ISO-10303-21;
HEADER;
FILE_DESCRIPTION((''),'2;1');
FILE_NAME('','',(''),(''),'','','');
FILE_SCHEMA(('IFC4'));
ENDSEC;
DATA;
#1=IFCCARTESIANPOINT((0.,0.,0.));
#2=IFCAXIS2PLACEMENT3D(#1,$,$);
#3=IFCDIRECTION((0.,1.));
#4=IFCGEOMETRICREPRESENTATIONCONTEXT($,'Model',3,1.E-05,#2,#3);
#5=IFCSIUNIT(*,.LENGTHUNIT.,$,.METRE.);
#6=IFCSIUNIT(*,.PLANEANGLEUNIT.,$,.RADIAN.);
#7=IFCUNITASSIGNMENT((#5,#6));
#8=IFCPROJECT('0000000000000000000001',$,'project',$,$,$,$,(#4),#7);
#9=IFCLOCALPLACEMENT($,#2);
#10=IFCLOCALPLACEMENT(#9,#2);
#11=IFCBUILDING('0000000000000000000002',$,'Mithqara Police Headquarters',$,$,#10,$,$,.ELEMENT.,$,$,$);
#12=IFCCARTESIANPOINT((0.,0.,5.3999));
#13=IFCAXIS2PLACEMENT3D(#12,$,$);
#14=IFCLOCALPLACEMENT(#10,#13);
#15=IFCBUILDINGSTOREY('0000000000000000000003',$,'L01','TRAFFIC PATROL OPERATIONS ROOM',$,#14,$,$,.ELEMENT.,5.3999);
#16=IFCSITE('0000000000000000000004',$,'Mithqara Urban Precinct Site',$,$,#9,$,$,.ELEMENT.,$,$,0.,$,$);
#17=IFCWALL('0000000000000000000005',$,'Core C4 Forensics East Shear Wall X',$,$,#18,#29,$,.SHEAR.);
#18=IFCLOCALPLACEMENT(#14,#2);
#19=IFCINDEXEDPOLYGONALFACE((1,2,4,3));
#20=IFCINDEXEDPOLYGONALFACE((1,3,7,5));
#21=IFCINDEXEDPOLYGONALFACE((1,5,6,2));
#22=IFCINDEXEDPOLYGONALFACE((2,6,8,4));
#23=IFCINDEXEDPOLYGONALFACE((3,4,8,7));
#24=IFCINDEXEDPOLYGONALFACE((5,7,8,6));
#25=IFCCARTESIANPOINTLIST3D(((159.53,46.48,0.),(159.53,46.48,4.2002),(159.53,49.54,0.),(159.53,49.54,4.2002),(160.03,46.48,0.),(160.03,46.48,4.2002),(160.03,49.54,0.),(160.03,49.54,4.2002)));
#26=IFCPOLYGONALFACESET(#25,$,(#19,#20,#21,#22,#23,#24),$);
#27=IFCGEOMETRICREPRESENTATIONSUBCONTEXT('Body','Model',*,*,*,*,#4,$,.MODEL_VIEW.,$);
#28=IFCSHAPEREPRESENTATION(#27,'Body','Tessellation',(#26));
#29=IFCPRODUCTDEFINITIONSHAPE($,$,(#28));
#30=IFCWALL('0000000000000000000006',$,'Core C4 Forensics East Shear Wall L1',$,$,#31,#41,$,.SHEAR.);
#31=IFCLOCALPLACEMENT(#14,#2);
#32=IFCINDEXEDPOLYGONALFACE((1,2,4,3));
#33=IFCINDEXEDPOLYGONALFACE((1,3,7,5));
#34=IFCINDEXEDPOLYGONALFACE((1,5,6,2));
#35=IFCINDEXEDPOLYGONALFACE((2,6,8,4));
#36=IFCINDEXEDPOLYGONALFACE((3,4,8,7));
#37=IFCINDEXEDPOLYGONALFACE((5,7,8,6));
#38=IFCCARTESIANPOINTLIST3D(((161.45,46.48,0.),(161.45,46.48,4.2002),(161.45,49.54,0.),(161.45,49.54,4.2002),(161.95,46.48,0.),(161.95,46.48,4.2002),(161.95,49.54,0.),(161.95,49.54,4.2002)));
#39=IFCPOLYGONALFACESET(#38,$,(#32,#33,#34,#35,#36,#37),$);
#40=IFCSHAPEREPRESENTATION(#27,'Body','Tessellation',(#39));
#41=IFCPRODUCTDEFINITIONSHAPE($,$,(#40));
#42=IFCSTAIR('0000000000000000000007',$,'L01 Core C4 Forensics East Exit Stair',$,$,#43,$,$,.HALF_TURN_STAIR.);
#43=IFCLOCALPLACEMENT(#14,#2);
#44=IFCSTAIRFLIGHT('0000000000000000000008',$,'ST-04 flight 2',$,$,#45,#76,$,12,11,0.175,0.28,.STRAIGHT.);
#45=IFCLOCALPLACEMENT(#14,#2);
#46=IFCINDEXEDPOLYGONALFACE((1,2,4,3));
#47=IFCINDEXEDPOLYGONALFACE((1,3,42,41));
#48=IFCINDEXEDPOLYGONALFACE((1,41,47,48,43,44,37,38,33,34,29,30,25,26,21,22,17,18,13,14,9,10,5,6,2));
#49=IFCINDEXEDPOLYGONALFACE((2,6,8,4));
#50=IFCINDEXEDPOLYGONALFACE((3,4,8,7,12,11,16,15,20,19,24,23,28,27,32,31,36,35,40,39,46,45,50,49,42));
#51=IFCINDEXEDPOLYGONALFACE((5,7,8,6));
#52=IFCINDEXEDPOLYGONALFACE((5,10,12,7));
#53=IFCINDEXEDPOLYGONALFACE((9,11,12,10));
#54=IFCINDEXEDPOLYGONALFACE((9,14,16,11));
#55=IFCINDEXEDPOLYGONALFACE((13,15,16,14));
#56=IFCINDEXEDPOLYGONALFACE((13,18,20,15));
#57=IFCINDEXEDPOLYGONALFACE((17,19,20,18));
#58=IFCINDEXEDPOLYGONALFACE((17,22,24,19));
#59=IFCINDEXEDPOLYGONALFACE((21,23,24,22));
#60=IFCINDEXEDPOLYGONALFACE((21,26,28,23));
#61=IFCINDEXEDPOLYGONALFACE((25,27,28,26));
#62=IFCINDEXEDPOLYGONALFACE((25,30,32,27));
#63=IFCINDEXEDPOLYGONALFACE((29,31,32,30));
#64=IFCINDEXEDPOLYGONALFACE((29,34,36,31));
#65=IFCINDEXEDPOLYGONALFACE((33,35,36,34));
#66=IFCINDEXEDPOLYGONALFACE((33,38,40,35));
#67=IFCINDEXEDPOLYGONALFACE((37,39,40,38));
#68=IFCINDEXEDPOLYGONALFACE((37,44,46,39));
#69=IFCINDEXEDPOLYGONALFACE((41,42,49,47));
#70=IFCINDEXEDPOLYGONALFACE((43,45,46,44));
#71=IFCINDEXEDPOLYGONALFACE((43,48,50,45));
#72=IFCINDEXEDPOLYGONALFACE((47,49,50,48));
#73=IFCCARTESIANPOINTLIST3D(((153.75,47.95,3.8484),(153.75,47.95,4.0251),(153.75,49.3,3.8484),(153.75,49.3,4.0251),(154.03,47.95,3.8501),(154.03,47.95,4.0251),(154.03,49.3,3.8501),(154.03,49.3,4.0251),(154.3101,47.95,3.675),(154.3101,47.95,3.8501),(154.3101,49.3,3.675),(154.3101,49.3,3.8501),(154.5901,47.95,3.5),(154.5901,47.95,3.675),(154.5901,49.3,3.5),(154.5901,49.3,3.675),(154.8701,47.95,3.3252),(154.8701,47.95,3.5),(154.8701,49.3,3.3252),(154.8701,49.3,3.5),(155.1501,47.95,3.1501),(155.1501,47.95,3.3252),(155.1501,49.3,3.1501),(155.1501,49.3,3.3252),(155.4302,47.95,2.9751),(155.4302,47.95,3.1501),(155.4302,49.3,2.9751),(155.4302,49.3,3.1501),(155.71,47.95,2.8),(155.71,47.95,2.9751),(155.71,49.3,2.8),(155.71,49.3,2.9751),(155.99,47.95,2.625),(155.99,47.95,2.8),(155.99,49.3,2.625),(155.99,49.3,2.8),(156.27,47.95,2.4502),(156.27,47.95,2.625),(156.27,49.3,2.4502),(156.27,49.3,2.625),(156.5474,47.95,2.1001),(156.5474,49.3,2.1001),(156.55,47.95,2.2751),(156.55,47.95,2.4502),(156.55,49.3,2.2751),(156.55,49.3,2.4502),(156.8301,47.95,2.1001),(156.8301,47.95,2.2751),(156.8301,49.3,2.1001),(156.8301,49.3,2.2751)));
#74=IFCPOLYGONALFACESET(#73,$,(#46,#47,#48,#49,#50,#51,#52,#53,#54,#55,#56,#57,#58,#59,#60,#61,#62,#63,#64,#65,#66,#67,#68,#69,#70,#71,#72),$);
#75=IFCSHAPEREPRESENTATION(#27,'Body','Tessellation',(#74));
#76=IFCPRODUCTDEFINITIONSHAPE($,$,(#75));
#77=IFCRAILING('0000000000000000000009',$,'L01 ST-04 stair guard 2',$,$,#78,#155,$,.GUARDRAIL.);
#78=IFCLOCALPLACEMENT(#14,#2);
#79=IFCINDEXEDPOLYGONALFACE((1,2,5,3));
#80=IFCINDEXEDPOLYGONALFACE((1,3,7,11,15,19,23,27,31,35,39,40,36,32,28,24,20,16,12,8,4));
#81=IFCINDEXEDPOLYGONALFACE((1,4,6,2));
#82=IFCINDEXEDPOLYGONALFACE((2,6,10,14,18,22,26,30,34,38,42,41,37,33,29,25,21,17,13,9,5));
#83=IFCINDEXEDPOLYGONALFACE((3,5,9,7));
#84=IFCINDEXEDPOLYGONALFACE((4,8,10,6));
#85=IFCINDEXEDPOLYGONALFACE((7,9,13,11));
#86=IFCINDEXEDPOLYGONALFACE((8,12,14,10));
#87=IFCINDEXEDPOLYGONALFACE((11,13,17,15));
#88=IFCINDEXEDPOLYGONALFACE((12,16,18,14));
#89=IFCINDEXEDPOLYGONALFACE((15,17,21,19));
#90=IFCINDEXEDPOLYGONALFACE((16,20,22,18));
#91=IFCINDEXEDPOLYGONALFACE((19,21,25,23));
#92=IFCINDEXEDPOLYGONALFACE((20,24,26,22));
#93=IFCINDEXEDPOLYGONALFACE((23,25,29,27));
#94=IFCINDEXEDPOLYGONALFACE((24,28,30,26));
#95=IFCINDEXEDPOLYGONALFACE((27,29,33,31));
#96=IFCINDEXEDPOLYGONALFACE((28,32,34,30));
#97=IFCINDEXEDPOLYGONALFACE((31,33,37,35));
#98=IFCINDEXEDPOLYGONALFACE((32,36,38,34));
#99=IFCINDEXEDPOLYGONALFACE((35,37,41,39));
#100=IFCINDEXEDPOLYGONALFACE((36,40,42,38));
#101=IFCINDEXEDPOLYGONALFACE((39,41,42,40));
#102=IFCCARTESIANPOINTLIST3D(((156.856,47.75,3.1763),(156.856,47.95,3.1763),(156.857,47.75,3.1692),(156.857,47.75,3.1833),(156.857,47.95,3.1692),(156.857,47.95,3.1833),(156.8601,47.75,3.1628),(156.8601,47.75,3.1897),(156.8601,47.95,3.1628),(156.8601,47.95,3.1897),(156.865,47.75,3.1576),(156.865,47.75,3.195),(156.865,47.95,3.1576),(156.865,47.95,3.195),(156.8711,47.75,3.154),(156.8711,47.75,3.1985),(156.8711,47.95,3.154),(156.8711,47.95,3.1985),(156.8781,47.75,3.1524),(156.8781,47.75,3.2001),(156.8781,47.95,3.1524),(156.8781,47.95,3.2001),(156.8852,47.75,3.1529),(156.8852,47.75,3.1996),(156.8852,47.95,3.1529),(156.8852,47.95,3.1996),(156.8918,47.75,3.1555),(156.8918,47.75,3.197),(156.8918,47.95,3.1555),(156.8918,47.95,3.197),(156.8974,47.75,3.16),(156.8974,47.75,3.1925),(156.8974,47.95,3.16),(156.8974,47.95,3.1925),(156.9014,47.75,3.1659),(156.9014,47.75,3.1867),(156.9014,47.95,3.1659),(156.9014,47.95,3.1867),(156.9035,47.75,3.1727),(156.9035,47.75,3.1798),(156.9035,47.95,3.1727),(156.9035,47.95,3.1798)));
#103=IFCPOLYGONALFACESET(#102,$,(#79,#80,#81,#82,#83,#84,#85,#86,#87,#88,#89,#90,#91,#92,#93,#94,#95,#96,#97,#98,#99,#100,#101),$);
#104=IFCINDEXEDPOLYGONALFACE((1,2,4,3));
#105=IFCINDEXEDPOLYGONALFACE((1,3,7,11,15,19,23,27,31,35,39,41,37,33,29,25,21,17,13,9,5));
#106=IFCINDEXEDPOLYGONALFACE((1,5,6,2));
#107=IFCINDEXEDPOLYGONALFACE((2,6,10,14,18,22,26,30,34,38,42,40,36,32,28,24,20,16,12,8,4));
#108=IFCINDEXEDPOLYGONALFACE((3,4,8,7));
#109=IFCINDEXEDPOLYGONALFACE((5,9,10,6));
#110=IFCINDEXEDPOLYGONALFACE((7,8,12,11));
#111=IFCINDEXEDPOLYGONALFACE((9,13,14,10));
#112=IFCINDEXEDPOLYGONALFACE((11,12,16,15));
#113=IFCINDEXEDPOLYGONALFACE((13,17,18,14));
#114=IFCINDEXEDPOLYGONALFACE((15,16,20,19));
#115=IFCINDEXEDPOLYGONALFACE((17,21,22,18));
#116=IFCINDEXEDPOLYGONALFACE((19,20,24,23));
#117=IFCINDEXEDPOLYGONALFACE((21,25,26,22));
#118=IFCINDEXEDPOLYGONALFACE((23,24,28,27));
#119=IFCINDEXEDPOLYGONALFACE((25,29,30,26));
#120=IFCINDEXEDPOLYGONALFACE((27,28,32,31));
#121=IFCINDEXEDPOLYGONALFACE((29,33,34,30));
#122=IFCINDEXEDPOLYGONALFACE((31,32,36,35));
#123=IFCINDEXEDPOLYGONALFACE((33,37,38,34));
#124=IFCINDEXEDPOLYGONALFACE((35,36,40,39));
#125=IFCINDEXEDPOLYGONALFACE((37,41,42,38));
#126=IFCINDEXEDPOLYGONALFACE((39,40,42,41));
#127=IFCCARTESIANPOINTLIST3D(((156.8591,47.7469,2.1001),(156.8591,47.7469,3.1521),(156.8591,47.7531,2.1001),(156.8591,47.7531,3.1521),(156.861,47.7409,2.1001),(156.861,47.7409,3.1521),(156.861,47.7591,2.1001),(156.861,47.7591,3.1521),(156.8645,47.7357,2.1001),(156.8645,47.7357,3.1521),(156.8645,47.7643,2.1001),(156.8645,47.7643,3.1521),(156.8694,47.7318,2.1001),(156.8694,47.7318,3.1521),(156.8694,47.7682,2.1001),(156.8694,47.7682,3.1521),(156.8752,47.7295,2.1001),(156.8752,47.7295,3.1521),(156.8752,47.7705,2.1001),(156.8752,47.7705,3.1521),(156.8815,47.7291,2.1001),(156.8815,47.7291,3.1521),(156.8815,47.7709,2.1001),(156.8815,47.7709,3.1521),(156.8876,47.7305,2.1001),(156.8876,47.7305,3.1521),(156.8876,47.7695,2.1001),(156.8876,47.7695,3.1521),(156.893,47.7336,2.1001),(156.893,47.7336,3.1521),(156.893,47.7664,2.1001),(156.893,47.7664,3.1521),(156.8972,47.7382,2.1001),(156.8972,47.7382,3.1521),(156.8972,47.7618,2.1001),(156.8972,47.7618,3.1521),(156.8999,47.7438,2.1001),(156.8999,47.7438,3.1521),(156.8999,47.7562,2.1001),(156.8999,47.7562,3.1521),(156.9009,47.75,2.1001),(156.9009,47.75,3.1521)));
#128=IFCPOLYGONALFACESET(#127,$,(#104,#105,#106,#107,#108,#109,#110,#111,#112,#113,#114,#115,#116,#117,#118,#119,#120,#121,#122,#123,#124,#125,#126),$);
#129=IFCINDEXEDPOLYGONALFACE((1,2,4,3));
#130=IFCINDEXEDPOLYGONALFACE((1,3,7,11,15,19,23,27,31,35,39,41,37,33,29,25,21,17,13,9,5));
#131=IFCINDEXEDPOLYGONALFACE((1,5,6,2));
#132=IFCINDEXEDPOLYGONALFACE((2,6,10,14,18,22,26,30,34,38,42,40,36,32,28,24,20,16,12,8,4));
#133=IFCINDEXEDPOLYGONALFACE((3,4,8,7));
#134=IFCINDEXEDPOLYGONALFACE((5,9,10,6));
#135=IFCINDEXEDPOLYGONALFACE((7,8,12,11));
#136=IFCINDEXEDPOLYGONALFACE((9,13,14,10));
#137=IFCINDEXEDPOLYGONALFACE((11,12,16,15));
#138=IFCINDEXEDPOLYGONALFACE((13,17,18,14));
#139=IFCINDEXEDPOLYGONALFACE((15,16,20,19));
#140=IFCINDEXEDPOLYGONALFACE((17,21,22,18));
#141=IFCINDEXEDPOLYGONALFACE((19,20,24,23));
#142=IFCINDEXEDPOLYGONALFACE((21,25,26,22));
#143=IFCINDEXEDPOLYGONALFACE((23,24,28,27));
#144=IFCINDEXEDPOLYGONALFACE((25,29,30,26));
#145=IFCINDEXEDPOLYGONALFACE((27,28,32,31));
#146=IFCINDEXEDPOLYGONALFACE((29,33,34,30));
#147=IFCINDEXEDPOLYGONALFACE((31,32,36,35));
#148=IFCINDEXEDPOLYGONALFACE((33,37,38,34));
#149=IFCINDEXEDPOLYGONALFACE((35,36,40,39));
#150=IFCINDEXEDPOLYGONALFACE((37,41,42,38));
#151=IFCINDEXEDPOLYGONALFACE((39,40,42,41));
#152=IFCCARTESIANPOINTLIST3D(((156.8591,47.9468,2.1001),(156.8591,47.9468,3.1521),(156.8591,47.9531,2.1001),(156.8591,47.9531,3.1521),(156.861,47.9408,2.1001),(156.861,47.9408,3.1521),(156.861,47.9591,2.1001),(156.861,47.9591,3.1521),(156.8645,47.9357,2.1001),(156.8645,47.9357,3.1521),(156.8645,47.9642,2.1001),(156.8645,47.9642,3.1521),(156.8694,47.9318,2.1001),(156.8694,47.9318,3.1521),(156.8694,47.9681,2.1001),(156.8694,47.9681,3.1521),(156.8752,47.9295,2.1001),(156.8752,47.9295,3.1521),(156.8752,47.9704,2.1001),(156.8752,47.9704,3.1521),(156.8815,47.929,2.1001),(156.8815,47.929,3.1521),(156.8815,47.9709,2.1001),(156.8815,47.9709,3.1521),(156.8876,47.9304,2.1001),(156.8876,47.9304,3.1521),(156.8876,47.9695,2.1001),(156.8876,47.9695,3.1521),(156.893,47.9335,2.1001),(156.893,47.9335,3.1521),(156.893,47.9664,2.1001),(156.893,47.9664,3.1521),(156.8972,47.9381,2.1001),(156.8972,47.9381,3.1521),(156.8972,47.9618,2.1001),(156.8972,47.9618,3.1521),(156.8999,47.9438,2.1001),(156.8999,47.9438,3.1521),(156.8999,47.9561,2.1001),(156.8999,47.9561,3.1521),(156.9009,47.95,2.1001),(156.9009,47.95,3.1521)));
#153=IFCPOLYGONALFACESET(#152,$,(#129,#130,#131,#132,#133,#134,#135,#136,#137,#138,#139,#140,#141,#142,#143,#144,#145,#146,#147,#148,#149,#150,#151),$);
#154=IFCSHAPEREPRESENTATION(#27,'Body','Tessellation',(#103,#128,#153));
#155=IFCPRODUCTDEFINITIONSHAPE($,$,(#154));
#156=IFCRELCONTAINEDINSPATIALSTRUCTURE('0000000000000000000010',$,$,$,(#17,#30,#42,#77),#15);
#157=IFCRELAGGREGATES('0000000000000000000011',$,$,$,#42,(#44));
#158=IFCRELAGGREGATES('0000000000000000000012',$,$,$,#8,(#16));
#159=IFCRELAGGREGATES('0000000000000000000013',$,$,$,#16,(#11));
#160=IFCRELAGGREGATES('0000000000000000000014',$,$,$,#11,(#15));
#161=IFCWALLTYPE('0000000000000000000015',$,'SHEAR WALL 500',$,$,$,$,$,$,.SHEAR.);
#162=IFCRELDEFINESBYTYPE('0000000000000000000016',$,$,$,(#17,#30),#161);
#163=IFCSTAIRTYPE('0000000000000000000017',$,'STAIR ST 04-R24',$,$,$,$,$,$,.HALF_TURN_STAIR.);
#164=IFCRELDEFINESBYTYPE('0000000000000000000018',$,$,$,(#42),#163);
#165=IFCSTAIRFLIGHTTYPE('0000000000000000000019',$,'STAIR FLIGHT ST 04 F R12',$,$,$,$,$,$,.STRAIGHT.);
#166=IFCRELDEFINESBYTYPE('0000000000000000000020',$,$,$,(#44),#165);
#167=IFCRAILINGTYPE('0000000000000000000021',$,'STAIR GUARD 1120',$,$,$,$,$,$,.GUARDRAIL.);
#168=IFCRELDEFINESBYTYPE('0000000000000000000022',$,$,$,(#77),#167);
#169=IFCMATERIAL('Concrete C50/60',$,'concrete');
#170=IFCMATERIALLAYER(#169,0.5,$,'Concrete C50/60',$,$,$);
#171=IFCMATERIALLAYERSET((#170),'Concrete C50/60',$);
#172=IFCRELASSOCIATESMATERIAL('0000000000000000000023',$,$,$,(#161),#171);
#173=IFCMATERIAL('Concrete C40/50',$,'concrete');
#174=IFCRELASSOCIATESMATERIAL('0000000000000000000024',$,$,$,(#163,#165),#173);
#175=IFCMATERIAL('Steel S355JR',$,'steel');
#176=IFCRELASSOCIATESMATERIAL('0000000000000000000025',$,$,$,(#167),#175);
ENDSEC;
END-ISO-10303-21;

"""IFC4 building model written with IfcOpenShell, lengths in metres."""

from ifc_helpers import new_model, si_unit, direction, frame, frame_2d, origin, origin_2d, place, context, subcontext, project, spatial, polyline, rectangle, circle, outline, extrude, material, layer, layer_set, type_object, element, aggregate, save


model = new_model("IFC4")

# Units and contexts
model_context = context("Model", 3, precision=1e-05, world=origin(), true_north=direction((0.0, 1.0)))
body_context = subcontext(model_context, "Body", "Model", "MODEL_VIEW")
ifc_project = project(units=[si_unit("LENGTHUNIT", "METRE"), si_unit("PLANEANGLEUNIT", "RADIAN")], contexts=[model_context])

# Site, building, storey
site_placement = place(None, origin())
site = spatial("IfcSite", under=ifc_project, at=site_placement, Name="Mithqara Urban Precinct Site", CompositionType="ELEMENT", RefElevation=0.0)
building_placement = place(site_placement, origin())
building = spatial("IfcBuilding", under=site, at=building_placement, Name="Mithqara Police Headquarters", CompositionType="ELEMENT")
storey_placement = place(building_placement, frame((0.0, 0.0, 5.3999)))
storey = spatial("IfcBuildingStorey", under=building, at=storey_placement, Name="L01", Description="TRAFFIC PATROL OPERATIONS ROOM", CompositionType="ELEMENT", Elevation=5.3999)

# Shared definitions
ifc_material_1 = material(Name="Concrete C50/60", Category="concrete")

# Shared definitions
ifc_material_2 = material(Name="Steel S355JR", Category="steel")
ifc_material_3 = material(Name="Concrete C40/50", Category="concrete")

# Walls
ifc_layer_1 = layer(ifc_material_1, 0.5, Name="Concrete C50/60")
ifc_layer_set_1 = layer_set([ifc_layer_1], Name="Concrete C50/60")
wall_type = type_object("IfcWallType", Name="SHEAR WALL 500", PredefinedType="SHEAR", material=ifc_layer_set_1)
for number, where, z_axis, x_axis, name in (
    (1, (159.78, 46.48, 0.0), (0.0, 0.0, 1.0), (0.0, 1.0, 0.0), "Core C4 Forensics East Shear Wall X"),
    (2, (161.7, 46.48, 0.0), (0.0, 0.0, 1.0), (0.0, 1.0, 0.0), "Core C4 Forensics East Shear Wall L1"),
):
    element("IfcWall", number, at=place(storey_placement, frame(where, z_axis=z_axis, x_axis=x_axis)), inside=storey, type_object=wall_type, Name=name, PredefinedType="SHEAR", context=body_context, shape_type="SweptSolid", body=[
        extrude(rectangle(XDim=3.0601, YDim=0.5, at=frame_2d((1.53, 0.0))), origin(), (0.0, 0.0, 1.0), 4.2002),
    ])

# Stair, stair flight
stair_type = type_object("IfcStairType", Name="STAIR ST 04-R24", PredefinedType="HALF_TURN_STAIR", material=ifc_material_3)
stair_placement = place(storey_placement, origin())
stair = element("IfcStair", 3, at=stair_placement, inside=storey, type_object=stair_type, Name="L01 Core C4 Forensics East Exit Stair", PredefinedType="HALF_TURN_STAIR")
stair_flight_type = type_object("IfcStairFlightType", Name="STAIR FLIGHT ST 04 F R12", PredefinedType="STRAIGHT", material=ifc_material_3)
stair_flight_placement = place(storey_placement, frame((156.8301, 48.625, 2.1001), z_axis=(0.0, 0.0, 1.0), x_axis=(-1.0, 0.0, 0.0)))
stair_flight = element("IfcStairFlight", 4, at=stair_flight_placement, type_object=stair_flight_type, Name="ST-04 flight 2", NumberOfRisers=12, NumberOfTreads=11, PredefinedType="STRAIGHT", RiserHeight=0.175, TreadLength=0.28, context=body_context, shape_type="SweptSolid", body=[
    extrude(outline(polyline([(0.0, 0.0), (0.0, 0.175), (0.28, 0.175), (0.28, 0.3501), (0.5601, 0.3501), (0.5601, 0.5249), (0.8401, 0.5249), (0.8401, 0.7), (1.1201, 0.7), (1.1201, 0.875), (1.3999, 0.875), (1.3999, 1.05), (1.6799, 1.05), (1.6799, 1.2251), (1.96, 1.2251), (1.96, 1.3999), (2.24, 1.3999), (2.24, 1.575), (2.52, 1.575), (2.52, 1.75), (2.8, 1.75), (2.8, 1.925), (3.0801, 1.925), (3.0801, 2.1001), (3.0801, 1.7483), (0.2827, 0.0), (0.0, 0.0)])), frame((0.0, 0.675, 0.0), z_axis=(0.0, -1.0, 0.0), x_axis=(1.0, 0.0, 0.0)), (0.0, 0.0, 1.0), 1.3501),
])
aggregate(stair, [stair_flight])

# Railing
railing_type = type_object("IfcRailingType", Name="STAIR GUARD 1120", PredefinedType="GUARDRAIL", material=ifc_material_2)
railing_1_placement = place(storey_placement, frame((156.8799, 47.75, 2.1001)))
element("IfcRailing", 5, at=railing_1_placement, inside=storey, type_object=railing_type, Name="L01 ST-04 stair guard 2", PredefinedType="GUARDRAIL", context=body_context, shape_type="SweptSolid", body=[
    extrude(circle(Radius=0.0239, at=origin_2d()), frame((0.0, 0.0, 1.0762), z_axis=(0.0, 1.0, 0.0), x_axis=(-1.0, 0.0, 0.0)), (0.0, 0.0, 1.0), 0.2),
    extrude(circle(Radius=0.021, at=origin_2d()), origin(), (0.0, 0.0, 1.0), 1.052),
    extrude(circle(Radius=0.021, at=origin_2d()), frame((0.0, 0.2, 0.0)), (0.0, 0.0, 1.0), 1.052),
])

save(model, "model.ifc")
